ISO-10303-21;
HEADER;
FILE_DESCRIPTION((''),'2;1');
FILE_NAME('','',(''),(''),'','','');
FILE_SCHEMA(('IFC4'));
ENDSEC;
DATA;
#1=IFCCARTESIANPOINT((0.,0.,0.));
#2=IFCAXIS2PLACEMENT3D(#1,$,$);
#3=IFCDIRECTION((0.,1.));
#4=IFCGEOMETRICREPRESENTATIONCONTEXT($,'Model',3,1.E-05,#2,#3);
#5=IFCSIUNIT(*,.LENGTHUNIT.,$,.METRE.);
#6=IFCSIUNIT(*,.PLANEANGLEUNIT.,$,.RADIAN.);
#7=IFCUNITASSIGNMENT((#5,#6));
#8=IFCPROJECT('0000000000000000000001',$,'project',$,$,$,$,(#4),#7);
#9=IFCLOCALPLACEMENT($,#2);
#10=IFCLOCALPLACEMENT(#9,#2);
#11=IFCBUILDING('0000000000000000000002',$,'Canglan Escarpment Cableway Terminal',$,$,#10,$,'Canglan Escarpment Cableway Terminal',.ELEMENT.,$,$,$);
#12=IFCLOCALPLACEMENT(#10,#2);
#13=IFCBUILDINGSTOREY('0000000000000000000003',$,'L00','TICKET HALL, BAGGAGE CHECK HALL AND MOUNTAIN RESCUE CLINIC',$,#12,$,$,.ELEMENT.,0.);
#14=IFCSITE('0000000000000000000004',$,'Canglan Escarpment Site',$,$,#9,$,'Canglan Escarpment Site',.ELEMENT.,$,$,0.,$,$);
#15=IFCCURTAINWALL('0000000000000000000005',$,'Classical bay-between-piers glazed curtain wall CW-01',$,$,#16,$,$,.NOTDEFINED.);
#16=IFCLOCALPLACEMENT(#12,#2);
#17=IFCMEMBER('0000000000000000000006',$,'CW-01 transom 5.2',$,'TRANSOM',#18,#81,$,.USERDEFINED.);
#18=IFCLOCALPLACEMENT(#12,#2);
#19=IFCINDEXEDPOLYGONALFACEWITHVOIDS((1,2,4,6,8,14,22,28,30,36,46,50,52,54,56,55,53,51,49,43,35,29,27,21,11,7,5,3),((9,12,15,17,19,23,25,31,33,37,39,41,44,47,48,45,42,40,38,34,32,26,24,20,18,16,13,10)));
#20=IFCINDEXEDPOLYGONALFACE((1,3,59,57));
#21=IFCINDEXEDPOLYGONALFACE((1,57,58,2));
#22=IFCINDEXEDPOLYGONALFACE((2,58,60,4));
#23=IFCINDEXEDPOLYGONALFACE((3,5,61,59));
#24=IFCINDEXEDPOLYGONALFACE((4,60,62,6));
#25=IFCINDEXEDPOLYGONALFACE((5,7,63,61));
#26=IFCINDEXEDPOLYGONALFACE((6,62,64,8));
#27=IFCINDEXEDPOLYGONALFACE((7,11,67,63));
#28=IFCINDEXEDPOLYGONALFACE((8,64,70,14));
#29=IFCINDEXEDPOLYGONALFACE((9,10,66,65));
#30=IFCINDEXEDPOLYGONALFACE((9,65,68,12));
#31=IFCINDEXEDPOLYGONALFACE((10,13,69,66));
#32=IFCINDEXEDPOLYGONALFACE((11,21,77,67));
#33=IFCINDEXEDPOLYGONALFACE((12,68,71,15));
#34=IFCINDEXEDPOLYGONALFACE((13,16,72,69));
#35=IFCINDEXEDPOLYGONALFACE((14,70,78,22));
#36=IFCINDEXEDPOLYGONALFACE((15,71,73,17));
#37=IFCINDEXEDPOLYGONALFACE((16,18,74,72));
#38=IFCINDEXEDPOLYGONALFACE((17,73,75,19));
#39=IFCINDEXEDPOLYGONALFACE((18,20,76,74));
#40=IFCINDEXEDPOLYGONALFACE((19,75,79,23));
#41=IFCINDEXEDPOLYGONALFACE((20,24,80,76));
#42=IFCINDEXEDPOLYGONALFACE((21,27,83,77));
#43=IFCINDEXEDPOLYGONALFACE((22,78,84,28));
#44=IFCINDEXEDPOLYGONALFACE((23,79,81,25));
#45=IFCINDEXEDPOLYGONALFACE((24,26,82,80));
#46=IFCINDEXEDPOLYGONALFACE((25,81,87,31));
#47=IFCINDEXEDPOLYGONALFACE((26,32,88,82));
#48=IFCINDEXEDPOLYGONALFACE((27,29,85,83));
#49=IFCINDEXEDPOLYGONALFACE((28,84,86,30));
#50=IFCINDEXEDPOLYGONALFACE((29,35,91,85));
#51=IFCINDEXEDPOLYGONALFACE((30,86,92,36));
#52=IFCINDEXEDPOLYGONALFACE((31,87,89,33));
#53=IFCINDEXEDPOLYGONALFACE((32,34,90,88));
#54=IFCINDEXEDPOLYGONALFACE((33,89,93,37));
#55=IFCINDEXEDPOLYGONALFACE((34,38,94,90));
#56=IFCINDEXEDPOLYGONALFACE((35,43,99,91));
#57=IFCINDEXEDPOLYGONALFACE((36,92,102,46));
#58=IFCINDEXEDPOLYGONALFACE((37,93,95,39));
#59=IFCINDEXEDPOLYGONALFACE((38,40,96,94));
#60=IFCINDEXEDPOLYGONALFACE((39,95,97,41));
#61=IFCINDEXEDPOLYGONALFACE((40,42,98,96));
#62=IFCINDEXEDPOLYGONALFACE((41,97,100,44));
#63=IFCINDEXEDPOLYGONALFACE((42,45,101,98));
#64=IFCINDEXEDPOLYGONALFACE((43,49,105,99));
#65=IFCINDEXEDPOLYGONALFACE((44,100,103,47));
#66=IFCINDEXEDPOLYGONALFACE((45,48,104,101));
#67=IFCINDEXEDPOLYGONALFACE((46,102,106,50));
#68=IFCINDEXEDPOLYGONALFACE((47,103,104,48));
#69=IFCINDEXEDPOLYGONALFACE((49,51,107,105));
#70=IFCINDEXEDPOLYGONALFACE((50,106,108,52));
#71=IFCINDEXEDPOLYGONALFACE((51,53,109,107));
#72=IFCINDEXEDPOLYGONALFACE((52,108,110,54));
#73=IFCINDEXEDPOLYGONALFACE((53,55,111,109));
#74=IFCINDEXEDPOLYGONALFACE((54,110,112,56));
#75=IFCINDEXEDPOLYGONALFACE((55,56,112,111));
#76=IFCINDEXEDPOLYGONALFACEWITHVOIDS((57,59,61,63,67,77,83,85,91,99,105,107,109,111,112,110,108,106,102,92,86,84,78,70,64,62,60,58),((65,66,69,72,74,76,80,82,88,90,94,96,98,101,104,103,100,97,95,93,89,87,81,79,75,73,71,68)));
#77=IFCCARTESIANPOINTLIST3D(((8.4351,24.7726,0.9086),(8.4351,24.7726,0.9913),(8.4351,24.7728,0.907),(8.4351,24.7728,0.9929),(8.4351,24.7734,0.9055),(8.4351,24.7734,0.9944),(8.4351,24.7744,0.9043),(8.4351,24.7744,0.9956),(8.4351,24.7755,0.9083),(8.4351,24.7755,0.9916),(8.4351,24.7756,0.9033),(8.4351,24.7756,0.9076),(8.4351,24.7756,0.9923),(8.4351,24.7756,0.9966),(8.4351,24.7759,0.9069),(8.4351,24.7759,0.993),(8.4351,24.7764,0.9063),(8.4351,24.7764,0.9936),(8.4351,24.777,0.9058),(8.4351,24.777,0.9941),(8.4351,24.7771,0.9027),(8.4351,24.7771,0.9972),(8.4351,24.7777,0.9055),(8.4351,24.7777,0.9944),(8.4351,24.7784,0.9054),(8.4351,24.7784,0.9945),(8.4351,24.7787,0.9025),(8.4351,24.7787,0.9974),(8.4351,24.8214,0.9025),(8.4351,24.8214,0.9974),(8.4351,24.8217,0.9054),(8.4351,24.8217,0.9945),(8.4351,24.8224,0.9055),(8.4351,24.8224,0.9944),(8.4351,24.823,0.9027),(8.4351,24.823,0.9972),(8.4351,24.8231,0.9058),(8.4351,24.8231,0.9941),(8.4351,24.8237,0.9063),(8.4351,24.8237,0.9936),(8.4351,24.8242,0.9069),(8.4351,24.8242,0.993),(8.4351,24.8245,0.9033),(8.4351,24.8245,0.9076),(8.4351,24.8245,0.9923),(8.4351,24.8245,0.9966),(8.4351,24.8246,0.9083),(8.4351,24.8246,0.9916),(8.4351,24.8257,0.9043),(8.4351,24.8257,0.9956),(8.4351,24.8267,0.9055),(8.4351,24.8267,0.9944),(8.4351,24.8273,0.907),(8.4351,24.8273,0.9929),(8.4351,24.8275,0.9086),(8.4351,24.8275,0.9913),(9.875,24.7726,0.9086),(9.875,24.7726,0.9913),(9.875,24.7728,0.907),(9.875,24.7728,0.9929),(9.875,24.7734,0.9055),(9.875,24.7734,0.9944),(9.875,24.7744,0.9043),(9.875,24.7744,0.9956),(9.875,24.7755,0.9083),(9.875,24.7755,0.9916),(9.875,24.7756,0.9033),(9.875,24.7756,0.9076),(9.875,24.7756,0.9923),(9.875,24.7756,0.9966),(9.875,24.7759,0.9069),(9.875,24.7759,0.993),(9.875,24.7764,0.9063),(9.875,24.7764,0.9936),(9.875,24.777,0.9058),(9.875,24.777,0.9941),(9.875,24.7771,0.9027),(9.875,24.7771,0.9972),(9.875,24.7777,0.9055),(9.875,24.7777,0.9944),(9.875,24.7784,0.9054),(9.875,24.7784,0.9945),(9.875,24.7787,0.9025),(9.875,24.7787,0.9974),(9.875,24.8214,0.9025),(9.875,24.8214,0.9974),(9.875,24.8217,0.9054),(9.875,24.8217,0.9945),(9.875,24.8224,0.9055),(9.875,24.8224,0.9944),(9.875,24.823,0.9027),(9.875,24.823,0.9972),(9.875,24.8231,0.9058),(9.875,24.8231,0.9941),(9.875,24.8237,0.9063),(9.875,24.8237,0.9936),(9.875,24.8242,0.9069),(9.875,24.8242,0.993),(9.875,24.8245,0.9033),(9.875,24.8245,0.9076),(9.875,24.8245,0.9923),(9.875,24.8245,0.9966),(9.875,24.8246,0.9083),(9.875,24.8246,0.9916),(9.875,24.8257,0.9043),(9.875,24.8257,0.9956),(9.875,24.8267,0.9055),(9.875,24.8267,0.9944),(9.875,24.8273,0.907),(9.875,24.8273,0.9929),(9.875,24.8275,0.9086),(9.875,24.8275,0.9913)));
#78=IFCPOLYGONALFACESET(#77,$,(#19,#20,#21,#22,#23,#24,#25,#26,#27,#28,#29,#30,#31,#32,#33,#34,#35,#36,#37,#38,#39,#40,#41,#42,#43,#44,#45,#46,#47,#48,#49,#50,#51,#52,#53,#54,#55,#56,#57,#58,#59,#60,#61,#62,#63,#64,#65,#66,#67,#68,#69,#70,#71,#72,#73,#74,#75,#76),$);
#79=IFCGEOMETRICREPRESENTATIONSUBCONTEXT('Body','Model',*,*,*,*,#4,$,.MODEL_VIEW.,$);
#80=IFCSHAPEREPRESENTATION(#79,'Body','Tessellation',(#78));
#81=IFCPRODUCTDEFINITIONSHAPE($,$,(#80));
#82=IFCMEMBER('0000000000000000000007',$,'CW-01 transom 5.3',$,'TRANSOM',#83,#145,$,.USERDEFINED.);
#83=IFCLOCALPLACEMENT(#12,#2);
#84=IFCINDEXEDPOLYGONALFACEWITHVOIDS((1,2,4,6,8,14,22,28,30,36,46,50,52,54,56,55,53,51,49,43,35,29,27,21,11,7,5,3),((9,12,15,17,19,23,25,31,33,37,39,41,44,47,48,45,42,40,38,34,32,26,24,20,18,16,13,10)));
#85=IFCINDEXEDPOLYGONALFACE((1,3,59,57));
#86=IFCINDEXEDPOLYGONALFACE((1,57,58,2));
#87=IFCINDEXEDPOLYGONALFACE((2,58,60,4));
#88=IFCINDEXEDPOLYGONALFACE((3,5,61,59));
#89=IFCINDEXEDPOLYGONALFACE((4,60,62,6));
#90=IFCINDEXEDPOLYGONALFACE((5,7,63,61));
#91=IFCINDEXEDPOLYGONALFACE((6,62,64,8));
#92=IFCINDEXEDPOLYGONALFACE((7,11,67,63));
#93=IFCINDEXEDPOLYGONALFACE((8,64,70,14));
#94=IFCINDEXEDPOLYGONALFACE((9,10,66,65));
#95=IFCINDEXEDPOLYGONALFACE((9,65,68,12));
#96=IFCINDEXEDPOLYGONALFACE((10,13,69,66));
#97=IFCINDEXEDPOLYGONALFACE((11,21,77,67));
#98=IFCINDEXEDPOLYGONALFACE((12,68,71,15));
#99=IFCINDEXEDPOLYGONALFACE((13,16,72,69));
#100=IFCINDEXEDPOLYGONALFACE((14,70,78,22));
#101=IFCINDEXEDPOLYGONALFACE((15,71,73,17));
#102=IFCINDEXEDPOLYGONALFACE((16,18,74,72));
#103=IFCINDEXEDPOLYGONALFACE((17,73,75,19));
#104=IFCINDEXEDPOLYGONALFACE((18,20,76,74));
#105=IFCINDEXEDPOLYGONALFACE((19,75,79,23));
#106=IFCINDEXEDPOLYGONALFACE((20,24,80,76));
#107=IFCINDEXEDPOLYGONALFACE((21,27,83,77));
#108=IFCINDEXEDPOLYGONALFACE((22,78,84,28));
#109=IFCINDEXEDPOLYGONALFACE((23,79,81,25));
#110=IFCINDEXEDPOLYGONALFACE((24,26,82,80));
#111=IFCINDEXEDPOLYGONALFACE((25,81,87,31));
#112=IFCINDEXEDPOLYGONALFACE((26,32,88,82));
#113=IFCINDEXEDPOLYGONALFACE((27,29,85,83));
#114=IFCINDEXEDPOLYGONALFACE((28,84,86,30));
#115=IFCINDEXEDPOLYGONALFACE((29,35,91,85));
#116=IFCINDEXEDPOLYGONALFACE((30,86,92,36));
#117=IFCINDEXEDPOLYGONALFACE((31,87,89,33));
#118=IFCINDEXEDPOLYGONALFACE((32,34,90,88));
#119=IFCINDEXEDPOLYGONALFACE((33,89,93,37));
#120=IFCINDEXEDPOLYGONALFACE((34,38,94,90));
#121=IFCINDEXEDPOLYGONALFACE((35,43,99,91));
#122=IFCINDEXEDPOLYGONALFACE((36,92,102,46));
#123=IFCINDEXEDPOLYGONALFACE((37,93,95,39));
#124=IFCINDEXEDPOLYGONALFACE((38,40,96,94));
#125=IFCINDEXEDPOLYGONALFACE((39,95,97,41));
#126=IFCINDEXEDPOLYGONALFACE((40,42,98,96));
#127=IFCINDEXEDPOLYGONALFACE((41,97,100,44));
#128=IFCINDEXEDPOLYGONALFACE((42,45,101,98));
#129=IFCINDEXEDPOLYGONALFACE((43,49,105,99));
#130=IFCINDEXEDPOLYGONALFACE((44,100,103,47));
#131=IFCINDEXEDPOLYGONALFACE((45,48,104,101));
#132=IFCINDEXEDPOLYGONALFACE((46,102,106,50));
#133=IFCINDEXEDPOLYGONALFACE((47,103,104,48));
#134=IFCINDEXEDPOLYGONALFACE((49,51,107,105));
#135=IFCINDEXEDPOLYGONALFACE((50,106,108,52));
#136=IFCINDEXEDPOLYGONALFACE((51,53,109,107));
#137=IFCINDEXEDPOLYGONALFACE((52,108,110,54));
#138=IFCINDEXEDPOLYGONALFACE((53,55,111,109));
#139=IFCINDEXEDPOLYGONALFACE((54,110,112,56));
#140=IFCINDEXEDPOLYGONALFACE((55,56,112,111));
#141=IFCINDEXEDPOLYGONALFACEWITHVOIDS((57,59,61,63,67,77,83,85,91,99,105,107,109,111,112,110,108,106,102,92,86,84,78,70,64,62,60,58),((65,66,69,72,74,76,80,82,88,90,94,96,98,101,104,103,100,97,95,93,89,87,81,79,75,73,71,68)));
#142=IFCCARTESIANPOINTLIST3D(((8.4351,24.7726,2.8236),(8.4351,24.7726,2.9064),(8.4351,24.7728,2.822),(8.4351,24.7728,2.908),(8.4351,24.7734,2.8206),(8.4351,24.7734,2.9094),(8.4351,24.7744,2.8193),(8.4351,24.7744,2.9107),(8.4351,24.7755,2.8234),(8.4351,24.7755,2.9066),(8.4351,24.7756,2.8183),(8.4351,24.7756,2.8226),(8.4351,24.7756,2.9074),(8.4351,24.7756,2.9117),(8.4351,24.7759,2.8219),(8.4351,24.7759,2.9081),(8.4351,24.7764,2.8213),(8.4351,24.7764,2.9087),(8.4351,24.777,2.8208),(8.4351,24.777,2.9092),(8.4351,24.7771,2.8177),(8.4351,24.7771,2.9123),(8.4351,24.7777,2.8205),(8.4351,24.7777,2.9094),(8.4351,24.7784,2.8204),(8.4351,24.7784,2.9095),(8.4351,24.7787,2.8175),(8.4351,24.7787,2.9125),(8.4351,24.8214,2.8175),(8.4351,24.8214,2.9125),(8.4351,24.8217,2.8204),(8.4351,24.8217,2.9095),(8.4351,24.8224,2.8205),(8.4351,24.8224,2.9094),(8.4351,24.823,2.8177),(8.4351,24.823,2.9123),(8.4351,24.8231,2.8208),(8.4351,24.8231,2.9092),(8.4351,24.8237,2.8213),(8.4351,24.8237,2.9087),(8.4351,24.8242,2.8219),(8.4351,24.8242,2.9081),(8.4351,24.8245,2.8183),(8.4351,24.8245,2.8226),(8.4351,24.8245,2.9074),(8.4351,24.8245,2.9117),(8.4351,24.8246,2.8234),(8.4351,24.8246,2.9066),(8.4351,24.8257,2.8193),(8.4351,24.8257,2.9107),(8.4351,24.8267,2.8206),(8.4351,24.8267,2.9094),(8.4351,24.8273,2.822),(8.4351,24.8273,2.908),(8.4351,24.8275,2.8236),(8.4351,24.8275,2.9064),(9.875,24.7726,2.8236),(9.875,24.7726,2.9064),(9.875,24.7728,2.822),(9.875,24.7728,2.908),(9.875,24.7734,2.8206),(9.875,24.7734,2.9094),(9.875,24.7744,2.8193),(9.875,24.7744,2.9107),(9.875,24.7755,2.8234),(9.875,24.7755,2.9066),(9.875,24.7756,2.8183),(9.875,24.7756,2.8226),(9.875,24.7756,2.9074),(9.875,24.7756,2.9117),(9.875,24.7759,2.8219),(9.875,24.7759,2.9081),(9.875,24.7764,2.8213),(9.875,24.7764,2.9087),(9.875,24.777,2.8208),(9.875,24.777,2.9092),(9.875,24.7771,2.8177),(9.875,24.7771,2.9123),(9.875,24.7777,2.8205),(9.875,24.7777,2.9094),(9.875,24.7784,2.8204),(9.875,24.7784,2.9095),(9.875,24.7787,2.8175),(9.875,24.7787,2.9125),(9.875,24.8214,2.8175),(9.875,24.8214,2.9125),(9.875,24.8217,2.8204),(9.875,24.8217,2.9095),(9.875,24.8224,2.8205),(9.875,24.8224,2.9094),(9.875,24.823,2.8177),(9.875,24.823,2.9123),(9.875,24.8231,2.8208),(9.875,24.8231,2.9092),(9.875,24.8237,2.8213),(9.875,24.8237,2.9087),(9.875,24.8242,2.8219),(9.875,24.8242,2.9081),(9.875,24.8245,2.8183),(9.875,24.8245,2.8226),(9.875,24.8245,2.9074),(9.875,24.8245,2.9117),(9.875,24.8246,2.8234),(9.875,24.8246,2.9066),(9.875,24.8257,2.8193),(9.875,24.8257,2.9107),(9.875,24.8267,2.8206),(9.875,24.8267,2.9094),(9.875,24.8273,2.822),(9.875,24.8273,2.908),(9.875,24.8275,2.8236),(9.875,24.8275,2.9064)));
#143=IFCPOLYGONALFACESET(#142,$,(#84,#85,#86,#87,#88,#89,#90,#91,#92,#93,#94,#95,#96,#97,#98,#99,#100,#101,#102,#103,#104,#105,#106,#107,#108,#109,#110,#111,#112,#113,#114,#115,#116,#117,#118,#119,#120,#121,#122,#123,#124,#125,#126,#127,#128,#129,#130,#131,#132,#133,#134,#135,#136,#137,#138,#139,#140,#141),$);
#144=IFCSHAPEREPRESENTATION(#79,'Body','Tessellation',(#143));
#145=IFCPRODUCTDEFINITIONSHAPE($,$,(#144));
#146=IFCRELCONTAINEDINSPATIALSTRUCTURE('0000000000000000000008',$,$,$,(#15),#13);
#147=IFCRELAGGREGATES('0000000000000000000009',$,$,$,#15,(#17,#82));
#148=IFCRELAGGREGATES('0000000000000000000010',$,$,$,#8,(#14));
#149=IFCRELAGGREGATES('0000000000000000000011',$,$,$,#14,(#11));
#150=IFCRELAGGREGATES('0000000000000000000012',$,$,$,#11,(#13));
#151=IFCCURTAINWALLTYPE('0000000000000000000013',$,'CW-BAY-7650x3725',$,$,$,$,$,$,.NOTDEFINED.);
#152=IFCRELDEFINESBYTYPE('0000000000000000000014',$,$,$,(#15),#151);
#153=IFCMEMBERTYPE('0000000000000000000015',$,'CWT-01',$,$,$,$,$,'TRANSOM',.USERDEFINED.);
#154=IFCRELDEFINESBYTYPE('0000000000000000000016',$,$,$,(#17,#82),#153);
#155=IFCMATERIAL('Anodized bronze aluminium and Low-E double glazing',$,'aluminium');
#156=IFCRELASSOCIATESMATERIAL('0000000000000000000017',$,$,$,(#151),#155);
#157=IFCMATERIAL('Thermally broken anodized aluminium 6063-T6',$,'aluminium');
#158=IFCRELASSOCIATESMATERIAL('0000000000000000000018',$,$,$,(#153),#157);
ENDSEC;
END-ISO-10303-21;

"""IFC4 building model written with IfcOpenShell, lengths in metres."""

from ifc_helpers import new_model, si_unit, direction, frame, origin, origin_2d, place, context, subcontext, project, spatial, hollow_rectangle, extrude, material, material_profile, profile_set, type_object, element, aggregate, save


model = new_model("IFC4")

# Units and contexts
model_context = context("Model", 3, precision=1e-05, world=origin(), true_north=direction((0.0, 1.0)))
body_context = subcontext(model_context, "Body", "Model", "MODEL_VIEW")
ifc_project = project(units=[si_unit("LENGTHUNIT", "METRE"), si_unit("PLANEANGLEUNIT", "RADIAN")], contexts=[model_context])

# Site, building, storey
site_placement = place(None, origin())
site = spatial("IfcSite", under=ifc_project, at=site_placement, Name="Canglan Escarpment Site", LongName="Canglan Escarpment Site", CompositionType="ELEMENT", RefElevation=0.0)
building_placement = place(site_placement, origin())
building = spatial("IfcBuilding", under=site, at=building_placement, Name="Canglan Escarpment Cableway Terminal", LongName="Canglan Escarpment Cableway Terminal", CompositionType="ELEMENT")
storey_placement = place(building_placement, origin())
storey = spatial("IfcBuildingStorey", under=building, at=storey_placement, Name="L00", Description="TICKET HALL, BAGGAGE CHECK HALL AND MOUNTAIN RESCUE CLINIC", CompositionType="ELEMENT", Elevation=0.0)

# Curtain wall, members
ifc_material_1 = material(Name="Anodized bronze aluminium and Low-E double glazing", Category="aluminium")
curtain_wall_type = type_object("IfcCurtainWallType", Name="CW-BAY-7650x3725", PredefinedType="NOTDEFINED", material=ifc_material_1)
curtain_wall_placement = place(storey_placement, origin())
curtain_wall = element("IfcCurtainWall", 1, at=curtain_wall_placement, inside=storey, type_object=curtain_wall_type, Name="Classical bay-between-piers glazed curtain wall CW-01", PredefinedType="NOTDEFINED")
ifc_material_2 = material(Name="Thermally broken anodized aluminium 6063-T6", Category="aluminium")
ifc_material_profile_1 = material_profile(ifc_material_2, hollow_rectangle(XDim=0.0549, YDim=0.095, WallThickness=0.0029, InnerFilletRadius=0.0029, OuterFilletRadius=0.0061, at=origin_2d()), Name="ALU-TRAN 55x95x3")
ifc_profile_set_1 = profile_set([ifc_material_profile_1], Name="Thermally broken anodized aluminium 6063-T6")
member_type_1 = type_object("IfcMemberType", Name="CWT-01", ElementType="TRANSOM", PredefinedType="USERDEFINED", material=ifc_profile_set_1)
member_1_placement = place(storey_placement, frame((9.875, 24.8, 0.95), z_axis=(-1.0, 0.0, 0.0), x_axis=(0.0, -1.0, 0.0)))
member_1 = element("IfcMember", 2, at=member_1_placement, type_object=member_type_1, Name="CW-01 transom 5.2", ObjectType="TRANSOM", PredefinedType="USERDEFINED", context=body_context, shape_type="SweptSolid", body=[
    extrude(hollow_rectangle(XDim=0.0549, YDim=0.095, WallThickness=0.0029, InnerFilletRadius=0.0029, OuterFilletRadius=0.0061, at=origin_2d()), origin(), (0.0, 0.0, 1.0), 1.4399),
])
member_2_placement = place(storey_placement, frame((9.875, 24.8, 2.865), z_axis=(-1.0, 0.0, 0.0), x_axis=(0.0, -1.0, 0.0)))
member_2 = element("IfcMember", 3, at=member_2_placement, type_object=member_type_1, Name="CW-01 transom 5.3", ObjectType="TRANSOM", PredefinedType="USERDEFINED", context=body_context, shape_type="SweptSolid", body=[
    extrude(hollow_rectangle(XDim=0.0549, YDim=0.095, WallThickness=0.0029, InnerFilletRadius=0.0029, OuterFilletRadius=0.0061, at=origin_2d()), origin(), (0.0, 0.0, 1.0), 1.4399),
])

aggregate(curtain_wall, [member_1, member_2])

save(model, "model.ifc")
